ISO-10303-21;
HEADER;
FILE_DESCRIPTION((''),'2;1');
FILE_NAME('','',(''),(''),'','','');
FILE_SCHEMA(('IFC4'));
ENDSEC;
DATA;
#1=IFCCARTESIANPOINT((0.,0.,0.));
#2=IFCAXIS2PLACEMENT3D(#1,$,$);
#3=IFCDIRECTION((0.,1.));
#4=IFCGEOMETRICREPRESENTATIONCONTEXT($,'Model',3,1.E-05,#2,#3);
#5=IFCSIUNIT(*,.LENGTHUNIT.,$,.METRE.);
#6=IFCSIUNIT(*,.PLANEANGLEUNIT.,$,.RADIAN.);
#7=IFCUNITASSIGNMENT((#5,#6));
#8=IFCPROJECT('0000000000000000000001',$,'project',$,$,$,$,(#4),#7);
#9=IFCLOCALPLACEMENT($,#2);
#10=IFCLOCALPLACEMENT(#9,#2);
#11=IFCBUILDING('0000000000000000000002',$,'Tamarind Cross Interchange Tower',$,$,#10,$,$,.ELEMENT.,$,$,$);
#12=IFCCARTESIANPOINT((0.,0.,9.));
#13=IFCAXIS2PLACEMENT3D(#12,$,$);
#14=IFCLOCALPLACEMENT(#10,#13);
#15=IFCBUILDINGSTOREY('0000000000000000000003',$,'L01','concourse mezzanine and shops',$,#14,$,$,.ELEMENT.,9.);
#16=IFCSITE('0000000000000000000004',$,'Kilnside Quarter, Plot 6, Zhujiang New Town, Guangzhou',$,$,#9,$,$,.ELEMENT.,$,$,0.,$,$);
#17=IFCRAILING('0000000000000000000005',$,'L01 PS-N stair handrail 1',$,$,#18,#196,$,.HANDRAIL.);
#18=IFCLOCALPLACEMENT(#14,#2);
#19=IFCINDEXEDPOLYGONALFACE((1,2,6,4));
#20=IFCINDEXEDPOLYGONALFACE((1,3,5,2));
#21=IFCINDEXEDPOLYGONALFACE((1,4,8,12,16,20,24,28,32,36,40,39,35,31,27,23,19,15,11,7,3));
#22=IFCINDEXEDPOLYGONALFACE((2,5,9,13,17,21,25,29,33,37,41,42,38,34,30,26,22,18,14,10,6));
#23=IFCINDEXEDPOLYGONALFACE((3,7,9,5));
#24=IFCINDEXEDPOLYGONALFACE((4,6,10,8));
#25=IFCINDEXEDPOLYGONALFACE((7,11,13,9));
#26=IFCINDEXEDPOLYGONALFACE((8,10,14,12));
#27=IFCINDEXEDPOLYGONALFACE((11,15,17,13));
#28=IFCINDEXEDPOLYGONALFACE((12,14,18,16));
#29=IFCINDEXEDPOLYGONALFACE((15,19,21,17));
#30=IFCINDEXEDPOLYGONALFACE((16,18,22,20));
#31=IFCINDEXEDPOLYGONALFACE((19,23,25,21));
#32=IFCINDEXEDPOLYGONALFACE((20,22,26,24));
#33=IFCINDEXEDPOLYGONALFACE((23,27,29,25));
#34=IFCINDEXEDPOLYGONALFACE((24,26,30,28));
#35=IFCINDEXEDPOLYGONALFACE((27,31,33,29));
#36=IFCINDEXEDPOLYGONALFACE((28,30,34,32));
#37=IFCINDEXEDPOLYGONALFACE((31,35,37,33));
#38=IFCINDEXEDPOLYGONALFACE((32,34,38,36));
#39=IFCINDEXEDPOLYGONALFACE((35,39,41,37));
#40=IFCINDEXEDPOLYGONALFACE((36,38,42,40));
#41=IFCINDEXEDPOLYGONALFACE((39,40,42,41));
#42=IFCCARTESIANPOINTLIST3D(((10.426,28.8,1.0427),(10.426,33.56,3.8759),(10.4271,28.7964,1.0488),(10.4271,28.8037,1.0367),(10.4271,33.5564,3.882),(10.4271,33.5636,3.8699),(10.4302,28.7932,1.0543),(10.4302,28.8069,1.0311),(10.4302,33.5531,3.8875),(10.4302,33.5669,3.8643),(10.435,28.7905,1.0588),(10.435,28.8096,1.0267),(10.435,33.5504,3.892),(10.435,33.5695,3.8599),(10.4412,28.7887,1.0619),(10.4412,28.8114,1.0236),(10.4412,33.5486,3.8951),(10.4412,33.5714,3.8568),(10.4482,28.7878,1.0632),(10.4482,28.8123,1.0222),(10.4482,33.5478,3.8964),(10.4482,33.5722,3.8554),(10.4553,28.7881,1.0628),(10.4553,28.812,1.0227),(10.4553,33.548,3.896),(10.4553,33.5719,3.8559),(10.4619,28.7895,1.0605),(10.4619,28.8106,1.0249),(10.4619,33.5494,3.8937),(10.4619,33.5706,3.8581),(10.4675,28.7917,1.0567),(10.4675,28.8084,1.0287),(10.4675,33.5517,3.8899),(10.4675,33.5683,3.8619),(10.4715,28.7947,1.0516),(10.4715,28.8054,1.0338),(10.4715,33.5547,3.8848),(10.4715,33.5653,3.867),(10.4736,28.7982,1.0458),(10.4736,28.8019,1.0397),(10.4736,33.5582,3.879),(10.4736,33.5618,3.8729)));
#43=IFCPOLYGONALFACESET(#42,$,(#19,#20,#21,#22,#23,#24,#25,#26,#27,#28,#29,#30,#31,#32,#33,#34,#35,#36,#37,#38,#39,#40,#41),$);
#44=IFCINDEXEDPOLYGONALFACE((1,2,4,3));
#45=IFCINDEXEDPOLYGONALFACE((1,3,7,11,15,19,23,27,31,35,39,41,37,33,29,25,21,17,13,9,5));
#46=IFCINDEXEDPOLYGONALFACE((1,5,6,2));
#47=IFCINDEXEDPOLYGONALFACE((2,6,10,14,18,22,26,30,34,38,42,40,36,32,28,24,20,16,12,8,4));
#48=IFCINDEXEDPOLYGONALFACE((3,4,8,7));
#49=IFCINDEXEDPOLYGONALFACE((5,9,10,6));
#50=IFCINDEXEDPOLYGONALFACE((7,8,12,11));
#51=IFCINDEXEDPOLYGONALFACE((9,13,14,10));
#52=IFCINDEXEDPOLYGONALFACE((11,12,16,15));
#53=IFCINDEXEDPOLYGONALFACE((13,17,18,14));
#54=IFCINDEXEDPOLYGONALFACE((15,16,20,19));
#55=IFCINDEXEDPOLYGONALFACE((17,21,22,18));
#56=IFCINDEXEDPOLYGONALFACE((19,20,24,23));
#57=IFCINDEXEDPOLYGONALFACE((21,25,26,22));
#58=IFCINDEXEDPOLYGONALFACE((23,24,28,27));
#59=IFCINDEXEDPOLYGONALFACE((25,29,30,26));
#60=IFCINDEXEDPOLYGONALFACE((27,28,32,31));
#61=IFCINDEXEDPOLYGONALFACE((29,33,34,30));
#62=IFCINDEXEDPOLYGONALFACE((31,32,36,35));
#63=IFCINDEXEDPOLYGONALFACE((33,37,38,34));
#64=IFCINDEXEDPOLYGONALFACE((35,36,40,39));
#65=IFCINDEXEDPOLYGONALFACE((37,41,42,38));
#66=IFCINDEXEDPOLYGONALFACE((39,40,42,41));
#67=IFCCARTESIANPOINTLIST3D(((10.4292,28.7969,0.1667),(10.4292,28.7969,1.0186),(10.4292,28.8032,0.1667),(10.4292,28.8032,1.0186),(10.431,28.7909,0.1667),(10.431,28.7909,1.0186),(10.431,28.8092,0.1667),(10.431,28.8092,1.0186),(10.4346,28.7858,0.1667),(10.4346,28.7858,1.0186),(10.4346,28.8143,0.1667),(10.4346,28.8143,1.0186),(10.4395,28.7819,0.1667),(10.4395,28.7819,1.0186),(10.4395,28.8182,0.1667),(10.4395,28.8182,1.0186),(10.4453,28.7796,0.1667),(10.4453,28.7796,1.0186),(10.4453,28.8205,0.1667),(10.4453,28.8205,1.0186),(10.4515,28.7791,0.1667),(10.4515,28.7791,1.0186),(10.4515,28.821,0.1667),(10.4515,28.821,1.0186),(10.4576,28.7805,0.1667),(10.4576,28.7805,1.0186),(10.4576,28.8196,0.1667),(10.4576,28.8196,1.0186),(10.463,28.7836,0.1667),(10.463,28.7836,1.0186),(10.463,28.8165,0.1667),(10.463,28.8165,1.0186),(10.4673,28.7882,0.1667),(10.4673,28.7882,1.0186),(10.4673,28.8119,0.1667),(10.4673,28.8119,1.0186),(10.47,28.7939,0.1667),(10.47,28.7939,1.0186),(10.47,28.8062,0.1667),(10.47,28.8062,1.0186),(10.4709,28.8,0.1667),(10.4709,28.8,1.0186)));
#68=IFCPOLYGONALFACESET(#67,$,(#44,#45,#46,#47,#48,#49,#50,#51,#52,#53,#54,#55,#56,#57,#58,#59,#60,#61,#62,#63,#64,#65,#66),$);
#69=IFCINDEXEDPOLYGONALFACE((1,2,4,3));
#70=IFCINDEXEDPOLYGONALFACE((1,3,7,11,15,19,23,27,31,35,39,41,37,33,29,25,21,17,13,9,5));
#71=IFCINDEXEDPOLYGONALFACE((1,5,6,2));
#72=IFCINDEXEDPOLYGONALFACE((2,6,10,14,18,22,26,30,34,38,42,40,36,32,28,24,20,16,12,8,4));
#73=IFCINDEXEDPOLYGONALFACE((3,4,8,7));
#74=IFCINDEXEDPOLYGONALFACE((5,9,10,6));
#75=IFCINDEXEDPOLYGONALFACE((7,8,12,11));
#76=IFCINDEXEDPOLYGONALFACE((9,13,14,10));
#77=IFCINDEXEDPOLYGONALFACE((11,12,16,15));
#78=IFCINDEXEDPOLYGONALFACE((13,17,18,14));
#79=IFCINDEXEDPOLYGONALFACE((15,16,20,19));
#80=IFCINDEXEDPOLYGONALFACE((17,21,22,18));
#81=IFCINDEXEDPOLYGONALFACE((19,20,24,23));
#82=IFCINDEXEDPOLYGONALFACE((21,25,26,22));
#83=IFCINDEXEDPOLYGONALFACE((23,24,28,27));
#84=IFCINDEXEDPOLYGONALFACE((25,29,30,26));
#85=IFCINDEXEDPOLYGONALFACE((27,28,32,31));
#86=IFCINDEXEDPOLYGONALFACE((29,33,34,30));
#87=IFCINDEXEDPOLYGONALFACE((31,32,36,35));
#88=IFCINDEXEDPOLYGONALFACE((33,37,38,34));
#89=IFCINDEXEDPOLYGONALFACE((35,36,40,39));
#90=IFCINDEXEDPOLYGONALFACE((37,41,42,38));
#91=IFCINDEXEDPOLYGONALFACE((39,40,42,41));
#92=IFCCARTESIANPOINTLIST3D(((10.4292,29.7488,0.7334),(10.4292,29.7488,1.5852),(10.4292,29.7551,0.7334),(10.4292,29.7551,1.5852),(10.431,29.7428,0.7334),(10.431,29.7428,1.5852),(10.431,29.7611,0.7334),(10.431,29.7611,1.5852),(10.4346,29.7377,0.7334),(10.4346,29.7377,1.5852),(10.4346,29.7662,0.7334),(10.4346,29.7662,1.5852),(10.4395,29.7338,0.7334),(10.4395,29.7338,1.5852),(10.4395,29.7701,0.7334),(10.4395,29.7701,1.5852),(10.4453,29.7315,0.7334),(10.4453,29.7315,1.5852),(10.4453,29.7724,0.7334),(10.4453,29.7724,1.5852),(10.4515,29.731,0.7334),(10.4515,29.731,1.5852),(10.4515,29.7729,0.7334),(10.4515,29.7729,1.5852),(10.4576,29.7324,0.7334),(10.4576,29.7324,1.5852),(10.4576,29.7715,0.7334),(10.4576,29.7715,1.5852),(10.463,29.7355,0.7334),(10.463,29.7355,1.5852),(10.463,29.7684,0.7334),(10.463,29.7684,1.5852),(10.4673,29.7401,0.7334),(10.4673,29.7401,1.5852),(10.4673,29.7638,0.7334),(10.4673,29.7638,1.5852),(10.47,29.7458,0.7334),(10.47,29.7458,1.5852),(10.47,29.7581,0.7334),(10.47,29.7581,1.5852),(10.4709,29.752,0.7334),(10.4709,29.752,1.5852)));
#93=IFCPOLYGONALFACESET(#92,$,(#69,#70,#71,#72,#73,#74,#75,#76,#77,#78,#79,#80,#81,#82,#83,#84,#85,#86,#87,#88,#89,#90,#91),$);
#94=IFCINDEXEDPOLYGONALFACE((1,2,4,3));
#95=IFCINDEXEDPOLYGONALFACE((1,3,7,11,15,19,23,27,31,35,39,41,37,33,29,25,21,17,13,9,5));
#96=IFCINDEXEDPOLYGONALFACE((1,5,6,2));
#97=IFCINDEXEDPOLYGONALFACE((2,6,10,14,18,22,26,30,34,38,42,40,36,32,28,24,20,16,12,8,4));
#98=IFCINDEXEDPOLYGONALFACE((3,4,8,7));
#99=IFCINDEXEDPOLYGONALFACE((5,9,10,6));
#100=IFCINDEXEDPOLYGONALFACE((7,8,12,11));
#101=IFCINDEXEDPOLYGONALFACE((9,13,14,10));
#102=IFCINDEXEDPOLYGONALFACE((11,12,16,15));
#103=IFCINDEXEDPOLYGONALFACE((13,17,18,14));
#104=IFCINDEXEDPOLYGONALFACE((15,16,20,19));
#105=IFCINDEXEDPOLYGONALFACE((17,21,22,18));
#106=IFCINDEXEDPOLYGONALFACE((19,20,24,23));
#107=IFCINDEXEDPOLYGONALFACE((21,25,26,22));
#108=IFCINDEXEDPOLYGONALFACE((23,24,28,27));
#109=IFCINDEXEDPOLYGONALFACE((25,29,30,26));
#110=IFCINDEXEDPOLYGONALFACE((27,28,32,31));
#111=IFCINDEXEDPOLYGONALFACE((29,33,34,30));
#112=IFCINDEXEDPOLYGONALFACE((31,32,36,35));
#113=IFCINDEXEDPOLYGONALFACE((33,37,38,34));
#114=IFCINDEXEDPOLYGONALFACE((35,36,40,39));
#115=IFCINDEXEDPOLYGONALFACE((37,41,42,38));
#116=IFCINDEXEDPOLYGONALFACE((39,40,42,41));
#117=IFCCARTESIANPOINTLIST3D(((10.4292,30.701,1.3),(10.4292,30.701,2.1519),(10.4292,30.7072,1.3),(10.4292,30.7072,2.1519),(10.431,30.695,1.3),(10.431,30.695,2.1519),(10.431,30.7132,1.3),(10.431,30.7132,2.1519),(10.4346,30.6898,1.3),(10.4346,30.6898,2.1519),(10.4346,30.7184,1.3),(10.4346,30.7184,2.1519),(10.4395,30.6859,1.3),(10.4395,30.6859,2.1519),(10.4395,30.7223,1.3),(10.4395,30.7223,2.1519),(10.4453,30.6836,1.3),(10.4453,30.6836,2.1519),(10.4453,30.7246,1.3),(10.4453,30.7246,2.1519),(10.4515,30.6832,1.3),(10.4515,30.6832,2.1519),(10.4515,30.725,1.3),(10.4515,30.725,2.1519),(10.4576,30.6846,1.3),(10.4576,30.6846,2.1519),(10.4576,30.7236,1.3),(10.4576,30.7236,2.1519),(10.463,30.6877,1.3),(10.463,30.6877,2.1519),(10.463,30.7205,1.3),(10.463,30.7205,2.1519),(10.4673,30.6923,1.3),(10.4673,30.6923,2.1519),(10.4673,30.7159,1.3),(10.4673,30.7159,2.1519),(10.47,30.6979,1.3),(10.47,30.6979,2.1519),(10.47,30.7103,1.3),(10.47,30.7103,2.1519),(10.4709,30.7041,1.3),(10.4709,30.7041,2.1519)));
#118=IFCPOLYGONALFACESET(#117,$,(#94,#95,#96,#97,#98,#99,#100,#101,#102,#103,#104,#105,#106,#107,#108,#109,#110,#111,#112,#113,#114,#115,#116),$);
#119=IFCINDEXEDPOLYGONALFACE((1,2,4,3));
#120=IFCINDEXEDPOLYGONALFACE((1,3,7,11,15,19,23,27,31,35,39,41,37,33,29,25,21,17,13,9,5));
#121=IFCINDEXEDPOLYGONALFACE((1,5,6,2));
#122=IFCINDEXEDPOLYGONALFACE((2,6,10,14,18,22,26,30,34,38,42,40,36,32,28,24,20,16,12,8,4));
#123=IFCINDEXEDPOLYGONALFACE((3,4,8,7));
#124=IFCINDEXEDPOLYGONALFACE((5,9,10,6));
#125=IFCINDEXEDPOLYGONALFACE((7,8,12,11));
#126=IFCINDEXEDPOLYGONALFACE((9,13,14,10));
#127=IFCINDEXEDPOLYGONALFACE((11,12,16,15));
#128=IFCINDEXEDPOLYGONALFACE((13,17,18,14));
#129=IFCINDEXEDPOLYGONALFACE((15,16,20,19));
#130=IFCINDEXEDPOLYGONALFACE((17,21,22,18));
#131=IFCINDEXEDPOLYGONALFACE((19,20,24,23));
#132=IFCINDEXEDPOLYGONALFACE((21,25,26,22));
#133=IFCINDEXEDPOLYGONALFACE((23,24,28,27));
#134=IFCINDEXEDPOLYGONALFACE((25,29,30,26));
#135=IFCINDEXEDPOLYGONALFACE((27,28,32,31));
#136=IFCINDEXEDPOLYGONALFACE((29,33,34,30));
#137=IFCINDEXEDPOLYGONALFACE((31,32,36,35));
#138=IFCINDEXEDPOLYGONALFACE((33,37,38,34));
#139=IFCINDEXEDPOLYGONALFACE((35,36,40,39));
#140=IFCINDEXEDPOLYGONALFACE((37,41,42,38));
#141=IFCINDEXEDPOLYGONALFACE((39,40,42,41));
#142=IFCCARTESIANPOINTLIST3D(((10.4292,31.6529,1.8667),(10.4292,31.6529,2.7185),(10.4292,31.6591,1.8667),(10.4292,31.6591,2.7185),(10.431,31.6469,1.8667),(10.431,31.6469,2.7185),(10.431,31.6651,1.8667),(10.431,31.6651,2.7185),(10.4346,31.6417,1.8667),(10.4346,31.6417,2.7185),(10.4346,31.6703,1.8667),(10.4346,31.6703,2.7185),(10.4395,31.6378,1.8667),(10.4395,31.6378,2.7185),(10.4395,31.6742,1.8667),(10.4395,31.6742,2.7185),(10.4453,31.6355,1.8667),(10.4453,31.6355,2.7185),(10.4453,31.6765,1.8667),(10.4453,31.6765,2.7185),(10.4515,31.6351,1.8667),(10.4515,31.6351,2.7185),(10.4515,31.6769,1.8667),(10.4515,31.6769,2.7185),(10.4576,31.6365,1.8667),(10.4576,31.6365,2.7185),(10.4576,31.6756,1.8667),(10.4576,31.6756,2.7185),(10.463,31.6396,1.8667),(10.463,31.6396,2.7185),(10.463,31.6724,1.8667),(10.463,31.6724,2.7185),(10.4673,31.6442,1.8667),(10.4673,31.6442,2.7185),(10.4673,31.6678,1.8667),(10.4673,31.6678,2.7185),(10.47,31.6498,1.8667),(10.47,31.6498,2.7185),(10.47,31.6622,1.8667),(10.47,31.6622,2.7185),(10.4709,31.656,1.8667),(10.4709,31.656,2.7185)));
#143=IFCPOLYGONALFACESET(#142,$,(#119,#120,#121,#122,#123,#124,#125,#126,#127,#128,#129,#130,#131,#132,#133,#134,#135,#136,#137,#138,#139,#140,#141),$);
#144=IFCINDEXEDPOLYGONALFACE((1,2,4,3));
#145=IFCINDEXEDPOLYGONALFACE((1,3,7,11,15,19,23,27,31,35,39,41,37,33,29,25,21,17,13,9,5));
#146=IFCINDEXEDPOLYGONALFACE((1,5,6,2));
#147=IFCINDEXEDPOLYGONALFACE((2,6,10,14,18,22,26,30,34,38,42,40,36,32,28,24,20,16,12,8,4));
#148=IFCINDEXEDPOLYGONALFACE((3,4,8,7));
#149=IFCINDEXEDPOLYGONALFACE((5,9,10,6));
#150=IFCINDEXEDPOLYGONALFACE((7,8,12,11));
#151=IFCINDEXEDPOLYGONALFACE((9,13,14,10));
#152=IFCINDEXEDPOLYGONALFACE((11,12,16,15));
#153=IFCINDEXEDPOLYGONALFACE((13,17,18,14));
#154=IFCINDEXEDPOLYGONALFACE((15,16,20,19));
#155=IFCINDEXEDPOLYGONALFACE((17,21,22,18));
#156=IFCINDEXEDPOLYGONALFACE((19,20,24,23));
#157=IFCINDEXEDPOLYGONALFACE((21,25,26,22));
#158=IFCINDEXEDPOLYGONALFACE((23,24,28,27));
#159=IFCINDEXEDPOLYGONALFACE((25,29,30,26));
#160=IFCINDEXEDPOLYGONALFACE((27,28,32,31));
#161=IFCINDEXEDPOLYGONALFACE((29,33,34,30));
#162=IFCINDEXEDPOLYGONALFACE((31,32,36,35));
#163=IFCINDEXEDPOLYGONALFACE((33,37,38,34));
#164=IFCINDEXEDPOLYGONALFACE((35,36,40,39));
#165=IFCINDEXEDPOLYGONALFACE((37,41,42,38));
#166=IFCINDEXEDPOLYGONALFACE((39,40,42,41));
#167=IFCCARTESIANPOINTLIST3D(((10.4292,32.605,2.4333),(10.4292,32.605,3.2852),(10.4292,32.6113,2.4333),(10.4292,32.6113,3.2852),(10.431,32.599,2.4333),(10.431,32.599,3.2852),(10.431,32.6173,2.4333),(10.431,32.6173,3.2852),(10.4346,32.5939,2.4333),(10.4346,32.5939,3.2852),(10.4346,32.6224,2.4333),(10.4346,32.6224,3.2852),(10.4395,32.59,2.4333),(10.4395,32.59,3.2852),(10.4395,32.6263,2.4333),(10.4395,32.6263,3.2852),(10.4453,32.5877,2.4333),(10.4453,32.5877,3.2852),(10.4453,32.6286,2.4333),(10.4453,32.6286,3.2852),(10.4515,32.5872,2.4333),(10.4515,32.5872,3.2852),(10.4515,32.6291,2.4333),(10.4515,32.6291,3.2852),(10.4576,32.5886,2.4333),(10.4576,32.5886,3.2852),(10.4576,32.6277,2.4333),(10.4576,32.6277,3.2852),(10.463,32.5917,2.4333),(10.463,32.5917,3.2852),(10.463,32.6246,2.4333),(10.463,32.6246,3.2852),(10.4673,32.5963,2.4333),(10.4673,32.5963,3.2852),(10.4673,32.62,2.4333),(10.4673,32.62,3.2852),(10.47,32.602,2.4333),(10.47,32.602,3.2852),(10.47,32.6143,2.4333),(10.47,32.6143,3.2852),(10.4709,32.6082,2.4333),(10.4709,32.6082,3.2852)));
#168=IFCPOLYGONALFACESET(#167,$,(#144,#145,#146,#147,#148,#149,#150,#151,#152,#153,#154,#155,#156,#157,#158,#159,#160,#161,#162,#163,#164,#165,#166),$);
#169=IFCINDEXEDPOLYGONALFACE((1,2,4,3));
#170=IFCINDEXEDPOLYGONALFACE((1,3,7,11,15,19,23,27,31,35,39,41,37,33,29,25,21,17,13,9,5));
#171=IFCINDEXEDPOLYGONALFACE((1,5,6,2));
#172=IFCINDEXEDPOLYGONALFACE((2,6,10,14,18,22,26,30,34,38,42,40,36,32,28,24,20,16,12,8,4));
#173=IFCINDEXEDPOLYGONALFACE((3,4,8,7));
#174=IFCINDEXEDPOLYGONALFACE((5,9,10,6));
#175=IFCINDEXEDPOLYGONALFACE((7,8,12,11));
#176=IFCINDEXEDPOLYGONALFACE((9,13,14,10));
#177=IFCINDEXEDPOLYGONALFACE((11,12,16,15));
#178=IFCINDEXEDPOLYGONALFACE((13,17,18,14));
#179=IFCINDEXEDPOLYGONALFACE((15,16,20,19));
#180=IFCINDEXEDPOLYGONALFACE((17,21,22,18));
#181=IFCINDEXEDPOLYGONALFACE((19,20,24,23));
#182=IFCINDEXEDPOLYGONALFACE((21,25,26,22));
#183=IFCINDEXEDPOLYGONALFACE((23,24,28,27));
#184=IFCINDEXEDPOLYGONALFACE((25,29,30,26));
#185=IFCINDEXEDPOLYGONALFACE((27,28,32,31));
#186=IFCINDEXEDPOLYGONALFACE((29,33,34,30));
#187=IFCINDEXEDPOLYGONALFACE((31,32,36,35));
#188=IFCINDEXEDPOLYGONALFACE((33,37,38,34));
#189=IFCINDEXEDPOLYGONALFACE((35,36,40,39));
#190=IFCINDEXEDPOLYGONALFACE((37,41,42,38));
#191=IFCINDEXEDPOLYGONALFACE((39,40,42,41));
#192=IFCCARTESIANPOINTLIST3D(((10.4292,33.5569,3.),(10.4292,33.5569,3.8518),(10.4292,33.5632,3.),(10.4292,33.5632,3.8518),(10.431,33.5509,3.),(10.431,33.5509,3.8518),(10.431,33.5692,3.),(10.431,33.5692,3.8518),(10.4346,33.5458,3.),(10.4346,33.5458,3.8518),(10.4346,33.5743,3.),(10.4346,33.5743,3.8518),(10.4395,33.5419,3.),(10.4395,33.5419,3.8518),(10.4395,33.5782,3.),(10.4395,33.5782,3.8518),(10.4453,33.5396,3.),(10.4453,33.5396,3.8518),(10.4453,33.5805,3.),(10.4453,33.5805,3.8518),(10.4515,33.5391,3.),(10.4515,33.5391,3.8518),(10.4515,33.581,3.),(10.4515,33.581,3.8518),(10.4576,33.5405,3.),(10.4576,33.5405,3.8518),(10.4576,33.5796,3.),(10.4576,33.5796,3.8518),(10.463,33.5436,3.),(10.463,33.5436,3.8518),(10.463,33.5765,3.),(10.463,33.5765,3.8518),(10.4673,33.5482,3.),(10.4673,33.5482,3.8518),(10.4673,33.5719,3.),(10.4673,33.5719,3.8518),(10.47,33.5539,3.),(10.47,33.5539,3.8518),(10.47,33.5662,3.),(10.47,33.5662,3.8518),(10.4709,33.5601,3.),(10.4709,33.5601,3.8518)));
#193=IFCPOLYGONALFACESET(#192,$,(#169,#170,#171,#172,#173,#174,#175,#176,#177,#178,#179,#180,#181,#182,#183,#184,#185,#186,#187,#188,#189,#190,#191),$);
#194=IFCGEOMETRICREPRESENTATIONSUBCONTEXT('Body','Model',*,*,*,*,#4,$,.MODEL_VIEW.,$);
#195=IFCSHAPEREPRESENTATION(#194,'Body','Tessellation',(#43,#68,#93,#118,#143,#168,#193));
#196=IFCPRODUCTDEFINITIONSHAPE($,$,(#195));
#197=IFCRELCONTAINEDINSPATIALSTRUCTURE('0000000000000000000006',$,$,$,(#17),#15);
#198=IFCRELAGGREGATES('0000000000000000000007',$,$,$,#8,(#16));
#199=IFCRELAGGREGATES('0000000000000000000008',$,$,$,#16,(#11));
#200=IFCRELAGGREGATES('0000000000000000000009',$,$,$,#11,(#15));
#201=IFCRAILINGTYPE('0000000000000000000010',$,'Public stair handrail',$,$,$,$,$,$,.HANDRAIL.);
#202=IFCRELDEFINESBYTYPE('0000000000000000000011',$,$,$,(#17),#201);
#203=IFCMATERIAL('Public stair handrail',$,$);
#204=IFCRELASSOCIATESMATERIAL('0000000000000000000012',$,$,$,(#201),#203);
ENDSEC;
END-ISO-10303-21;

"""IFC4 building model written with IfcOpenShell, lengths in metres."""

from ifc_helpers import new_model, si_unit, direction, frame, origin, origin_2d, place, context, subcontext, project, spatial, circle, extrude, material, type_object, element, save


model = new_model("IFC4")

# Units and contexts
model_context = context("Model", 3, precision=1e-05, world=origin(), true_north=direction((0.0, 1.0)))
body_context = subcontext(model_context, "Body", "Model", "MODEL_VIEW")
ifc_project = project(units=[si_unit("LENGTHUNIT", "METRE"), si_unit("PLANEANGLEUNIT", "RADIAN")], contexts=[model_context])

# Site, building, storey
site_placement = place(None, origin())
site = spatial("IfcSite", under=ifc_project, at=site_placement, Name="Kilnside Quarter, Plot 6, Zhujiang New Town, Guangzhou", CompositionType="ELEMENT", RefElevation=0.0)
building_placement = place(site_placement, origin())
building = spatial("IfcBuilding", under=site, at=building_placement, Name="Tamarind Cross Interchange Tower", CompositionType="ELEMENT")
storey_placement = place(building_placement, frame((0.0, 0.0, 9.0)))
storey = spatial("IfcBuildingStorey", under=building, at=storey_placement, Name="L01", Description="concourse mezzanine and shops", CompositionType="ELEMENT", Elevation=9.0)

# Railing
ifc_material_1 = material(Name="Public stair handrail")
railing_type_1 = type_object("IfcRailingType", Name="Public stair handrail", PredefinedType="HANDRAIL", material=ifc_material_1)
railing_1_placement = place(storey_placement, frame((10.45, 28.8, 0.1667)))
element("IfcRailing", 1, at=railing_1_placement, inside=storey, type_object=railing_type_1, Name="L01 PS-N stair handrail 1", PredefinedType="HANDRAIL", context=body_context, shape_type="SweptSolid", body=[
    extrude(circle(Radius=0.0239, at=origin_2d()), frame((0.0, 0.0, 0.876), z_axis=(0.0, 0.8593, 0.511472), x_axis=(-1.0, 0.0, 0.0)), (0.0, 0.0, 1.0), 5.5393),
    extrude(circle(Radius=0.021, at=origin_2d()), origin(), (0.0, 0.0, 1.0), 0.8518),
    extrude(circle(Radius=0.021, at=origin_2d()), frame((0.0, 0.9519, 0.5667)), (0.0, 0.0, 1.0), 0.8518),
    extrude(circle(Radius=0.021, at=origin_2d()), frame((0.0, 1.9041, 1.1333)), (0.0, 0.0, 1.0), 0.8518),
    extrude(circle(Radius=0.021, at=origin_2d()), frame((0.0, 2.856, 1.7)), (0.0, 0.0, 1.0), 0.8518),
    extrude(circle(Radius=0.021, at=origin_2d()), frame((0.0, 3.8081, 2.2666)), (0.0, 0.0, 1.0), 0.8518),
    extrude(circle(Radius=0.021, at=origin_2d()), frame((0.0, 4.76, 2.8333)), (0.0, 0.0, 1.0), 0.8518),
])

save(model, "model.ifc")
